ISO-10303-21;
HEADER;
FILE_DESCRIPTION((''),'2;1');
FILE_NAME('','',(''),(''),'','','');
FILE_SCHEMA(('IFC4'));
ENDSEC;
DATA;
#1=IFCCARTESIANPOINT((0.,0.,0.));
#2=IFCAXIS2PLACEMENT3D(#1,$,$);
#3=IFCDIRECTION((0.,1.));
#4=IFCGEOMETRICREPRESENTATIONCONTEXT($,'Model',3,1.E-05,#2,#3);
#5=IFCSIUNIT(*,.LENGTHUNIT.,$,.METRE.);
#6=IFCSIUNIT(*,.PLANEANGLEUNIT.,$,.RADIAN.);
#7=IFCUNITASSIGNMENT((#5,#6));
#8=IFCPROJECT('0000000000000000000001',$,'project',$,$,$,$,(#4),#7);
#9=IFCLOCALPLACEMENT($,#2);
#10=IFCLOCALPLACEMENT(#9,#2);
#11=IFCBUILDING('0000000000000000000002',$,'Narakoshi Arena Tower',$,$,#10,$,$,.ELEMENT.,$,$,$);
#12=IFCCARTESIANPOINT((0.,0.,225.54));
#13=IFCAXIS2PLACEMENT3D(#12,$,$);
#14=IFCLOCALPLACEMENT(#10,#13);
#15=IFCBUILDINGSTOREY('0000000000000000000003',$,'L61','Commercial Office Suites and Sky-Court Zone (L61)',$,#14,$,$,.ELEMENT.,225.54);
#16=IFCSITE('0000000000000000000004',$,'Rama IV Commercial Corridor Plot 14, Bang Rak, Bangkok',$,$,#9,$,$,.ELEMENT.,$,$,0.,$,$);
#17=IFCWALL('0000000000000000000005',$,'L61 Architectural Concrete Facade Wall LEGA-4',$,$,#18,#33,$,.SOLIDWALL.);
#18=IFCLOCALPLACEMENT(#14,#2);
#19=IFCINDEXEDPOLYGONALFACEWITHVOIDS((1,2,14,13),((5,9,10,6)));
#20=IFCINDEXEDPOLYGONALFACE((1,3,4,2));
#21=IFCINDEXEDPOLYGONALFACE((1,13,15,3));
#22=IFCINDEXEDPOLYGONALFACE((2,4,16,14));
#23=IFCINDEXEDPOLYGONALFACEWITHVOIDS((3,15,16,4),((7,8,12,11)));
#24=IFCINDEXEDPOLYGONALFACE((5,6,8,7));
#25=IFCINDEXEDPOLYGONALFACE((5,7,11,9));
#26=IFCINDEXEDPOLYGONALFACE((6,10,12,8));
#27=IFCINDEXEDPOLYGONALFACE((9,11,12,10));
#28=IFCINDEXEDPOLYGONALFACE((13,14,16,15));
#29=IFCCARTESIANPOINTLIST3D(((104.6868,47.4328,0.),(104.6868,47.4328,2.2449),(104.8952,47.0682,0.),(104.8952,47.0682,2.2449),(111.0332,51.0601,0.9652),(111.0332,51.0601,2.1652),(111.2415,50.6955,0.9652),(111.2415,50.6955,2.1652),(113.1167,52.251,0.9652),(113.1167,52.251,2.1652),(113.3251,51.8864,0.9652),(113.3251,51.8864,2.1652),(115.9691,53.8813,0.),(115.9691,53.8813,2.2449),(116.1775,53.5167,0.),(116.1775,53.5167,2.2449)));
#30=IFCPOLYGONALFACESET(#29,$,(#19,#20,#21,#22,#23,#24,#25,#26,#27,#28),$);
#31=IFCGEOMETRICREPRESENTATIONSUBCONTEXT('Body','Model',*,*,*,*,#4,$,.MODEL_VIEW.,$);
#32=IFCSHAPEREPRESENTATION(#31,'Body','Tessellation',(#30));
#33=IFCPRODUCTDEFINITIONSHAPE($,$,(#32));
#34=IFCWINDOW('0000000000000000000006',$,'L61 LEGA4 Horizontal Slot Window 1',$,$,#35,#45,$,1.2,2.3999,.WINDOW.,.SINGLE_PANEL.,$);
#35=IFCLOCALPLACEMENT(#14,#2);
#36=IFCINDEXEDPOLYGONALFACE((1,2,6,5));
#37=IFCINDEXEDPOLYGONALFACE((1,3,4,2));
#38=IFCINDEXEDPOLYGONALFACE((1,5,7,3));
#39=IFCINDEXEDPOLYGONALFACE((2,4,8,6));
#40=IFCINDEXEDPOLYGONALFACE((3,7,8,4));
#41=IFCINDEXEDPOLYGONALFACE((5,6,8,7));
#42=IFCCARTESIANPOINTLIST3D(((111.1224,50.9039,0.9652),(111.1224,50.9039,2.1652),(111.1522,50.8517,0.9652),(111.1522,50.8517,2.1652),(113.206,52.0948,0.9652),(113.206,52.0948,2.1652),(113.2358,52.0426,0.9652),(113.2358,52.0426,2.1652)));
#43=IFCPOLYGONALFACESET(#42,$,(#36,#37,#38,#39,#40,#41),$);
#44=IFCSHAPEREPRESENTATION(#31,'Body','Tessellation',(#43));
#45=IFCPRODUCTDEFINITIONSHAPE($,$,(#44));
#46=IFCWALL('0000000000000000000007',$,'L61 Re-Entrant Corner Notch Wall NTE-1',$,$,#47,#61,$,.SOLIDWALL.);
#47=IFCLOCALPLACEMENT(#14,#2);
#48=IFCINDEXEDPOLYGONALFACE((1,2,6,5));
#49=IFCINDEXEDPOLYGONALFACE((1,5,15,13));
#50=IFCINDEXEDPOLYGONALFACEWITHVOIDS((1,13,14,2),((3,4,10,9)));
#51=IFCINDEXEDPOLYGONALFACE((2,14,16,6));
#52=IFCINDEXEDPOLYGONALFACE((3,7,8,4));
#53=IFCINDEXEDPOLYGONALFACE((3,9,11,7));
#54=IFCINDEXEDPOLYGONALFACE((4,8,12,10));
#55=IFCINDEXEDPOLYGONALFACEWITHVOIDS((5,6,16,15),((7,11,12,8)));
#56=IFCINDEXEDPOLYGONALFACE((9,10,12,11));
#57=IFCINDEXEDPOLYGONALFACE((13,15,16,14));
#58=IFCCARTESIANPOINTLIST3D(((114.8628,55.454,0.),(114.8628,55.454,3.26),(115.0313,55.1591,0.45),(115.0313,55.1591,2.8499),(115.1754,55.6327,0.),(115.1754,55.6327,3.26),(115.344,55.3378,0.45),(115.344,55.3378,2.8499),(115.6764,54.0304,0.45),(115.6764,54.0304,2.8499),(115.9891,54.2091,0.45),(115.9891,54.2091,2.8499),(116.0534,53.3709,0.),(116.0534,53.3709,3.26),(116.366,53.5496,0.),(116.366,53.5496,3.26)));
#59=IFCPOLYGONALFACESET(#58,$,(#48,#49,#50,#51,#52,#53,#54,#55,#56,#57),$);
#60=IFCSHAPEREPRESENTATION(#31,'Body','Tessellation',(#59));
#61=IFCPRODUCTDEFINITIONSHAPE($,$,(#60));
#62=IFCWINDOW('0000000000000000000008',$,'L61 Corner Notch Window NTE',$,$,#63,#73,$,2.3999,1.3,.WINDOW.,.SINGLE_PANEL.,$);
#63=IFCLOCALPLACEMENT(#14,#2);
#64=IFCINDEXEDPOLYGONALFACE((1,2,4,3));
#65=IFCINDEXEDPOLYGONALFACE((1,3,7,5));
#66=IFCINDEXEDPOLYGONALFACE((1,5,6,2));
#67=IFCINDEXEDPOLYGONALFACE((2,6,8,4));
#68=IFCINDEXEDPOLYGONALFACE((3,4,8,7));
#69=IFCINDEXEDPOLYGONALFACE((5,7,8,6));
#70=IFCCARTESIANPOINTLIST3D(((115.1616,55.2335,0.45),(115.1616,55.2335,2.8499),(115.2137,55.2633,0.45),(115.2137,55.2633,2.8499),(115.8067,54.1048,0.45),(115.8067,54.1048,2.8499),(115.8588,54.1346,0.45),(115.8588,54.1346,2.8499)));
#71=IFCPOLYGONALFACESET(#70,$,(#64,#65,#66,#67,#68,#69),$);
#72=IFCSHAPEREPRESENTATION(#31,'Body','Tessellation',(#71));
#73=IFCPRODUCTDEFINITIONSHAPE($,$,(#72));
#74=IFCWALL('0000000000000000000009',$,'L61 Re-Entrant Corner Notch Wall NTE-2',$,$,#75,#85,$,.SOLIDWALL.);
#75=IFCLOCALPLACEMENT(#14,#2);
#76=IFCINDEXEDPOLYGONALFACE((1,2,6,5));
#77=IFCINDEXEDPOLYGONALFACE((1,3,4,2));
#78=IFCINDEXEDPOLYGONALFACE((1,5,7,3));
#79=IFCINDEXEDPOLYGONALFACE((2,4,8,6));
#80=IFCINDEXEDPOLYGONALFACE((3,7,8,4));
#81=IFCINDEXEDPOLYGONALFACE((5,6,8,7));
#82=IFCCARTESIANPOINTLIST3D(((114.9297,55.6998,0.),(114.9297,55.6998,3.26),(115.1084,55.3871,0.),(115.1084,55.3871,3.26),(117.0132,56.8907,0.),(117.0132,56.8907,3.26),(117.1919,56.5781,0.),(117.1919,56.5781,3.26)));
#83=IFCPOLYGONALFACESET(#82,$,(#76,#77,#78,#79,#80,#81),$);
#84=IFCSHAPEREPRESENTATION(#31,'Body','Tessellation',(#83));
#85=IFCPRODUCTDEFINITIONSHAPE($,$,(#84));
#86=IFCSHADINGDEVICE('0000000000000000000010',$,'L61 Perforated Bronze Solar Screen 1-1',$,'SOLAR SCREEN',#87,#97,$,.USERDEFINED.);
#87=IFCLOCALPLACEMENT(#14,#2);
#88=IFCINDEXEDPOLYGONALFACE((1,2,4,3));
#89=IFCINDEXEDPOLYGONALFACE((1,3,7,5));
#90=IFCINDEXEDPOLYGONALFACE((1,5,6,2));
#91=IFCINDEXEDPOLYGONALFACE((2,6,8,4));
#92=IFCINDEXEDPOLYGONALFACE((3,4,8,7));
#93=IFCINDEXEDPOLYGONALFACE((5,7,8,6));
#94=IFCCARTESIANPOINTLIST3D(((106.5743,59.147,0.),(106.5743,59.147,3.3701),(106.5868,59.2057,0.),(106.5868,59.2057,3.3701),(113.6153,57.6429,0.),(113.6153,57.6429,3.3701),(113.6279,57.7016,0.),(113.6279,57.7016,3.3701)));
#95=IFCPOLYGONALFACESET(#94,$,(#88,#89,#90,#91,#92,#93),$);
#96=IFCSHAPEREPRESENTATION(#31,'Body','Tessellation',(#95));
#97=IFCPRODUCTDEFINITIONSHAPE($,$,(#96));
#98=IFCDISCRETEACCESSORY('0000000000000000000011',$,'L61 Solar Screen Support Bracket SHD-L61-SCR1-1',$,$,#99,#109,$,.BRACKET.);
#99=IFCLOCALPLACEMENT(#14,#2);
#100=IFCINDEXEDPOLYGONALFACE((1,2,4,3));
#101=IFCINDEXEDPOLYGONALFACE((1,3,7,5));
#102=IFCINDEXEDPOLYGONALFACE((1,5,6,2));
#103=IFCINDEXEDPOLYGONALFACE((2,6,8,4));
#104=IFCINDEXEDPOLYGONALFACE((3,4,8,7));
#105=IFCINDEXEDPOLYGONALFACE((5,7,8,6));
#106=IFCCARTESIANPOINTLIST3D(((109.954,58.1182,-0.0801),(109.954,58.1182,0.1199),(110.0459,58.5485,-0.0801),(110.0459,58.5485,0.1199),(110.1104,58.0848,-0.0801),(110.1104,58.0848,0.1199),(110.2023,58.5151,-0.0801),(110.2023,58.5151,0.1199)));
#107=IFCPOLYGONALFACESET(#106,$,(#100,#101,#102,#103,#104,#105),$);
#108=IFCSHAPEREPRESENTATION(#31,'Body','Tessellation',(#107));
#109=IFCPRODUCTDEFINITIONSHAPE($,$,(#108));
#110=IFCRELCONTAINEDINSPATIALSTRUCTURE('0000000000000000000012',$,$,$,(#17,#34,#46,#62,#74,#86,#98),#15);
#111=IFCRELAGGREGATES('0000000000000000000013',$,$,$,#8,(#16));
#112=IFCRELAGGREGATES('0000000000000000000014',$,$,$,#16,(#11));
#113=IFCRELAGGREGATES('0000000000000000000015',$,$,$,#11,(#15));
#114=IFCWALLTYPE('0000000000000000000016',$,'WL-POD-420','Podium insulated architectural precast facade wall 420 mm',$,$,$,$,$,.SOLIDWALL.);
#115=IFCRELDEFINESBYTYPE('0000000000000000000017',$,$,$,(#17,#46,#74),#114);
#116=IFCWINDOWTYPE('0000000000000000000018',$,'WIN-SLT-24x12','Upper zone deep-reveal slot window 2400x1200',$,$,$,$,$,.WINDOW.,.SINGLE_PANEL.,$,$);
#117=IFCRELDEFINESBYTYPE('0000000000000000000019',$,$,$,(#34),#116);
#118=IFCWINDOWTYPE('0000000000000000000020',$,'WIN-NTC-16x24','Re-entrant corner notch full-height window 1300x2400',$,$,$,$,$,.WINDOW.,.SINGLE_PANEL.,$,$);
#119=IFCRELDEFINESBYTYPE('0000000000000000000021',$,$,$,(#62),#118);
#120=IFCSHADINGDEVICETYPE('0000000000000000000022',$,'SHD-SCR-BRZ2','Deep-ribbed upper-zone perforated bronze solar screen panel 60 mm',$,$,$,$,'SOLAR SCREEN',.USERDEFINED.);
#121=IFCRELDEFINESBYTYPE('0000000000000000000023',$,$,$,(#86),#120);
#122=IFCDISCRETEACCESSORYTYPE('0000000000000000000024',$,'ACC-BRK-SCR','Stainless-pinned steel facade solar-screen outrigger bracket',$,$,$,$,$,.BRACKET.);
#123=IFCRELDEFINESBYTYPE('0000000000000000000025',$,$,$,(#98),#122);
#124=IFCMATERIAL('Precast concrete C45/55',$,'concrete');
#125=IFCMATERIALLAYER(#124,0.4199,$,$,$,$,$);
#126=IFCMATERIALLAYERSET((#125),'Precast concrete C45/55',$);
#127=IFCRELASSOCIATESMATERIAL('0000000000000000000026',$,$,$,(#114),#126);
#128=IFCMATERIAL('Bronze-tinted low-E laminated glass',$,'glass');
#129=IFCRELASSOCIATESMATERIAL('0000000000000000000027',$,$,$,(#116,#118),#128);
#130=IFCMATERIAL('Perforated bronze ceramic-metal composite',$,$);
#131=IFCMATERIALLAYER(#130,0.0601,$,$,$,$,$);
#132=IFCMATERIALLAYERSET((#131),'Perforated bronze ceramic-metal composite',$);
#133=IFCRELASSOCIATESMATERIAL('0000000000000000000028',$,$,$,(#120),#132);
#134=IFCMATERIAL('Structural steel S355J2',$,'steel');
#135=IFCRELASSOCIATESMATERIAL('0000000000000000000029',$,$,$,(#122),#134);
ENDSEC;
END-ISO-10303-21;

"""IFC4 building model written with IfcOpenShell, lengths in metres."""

from ifc_helpers import new_model, si_unit, direction, frame, frame_2d, origin, origin_2d, place, context, subcontext, project, spatial, rectangle, extrude, material, layer, layer_set, type_object, element, fill, save


model = new_model("IFC4")

# Units and contexts
model_context = context("Model", 3, precision=1e-05, world=origin(), true_north=direction((0.0, 1.0)))
body_context = subcontext(model_context, "Body", "Model", "MODEL_VIEW")
ifc_project = project(units=[si_unit("LENGTHUNIT", "METRE"), si_unit("PLANEANGLEUNIT", "RADIAN")], contexts=[model_context])

# Site, building, storey
site_placement = place(None, origin())
site = spatial("IfcSite", under=ifc_project, at=site_placement, Name="Rama IV Commercial Corridor Plot 14, Bang Rak, Bangkok", CompositionType="ELEMENT", RefElevation=0.0)
building_placement = place(site_placement, origin())
building = spatial("IfcBuilding", under=site, at=building_placement, Name="Narakoshi Arena Tower", CompositionType="ELEMENT")
storey_placement = place(building_placement, frame((0.0, 0.0, 225.54)))
storey = spatial("IfcBuildingStorey", under=building, at=storey_placement, Name="L61", Description="Commercial Office Suites and Sky-Court Zone (L61)", CompositionType="ELEMENT", Elevation=225.54)

# Shared definitions
ifc_material_1 = material(Name="Structural steel S355J2", Category="steel")

# Shared definitions
ifc_material_2 = material(Name="Bronze-tinted low-E laminated glass", Category="glass")

# Shared definitions
ifc_material_3 = material(Name="Precast concrete C45/55", Category="concrete")

# Walls, openings, windows
ifc_layer_1 = layer(ifc_material_3, 0.4199)
ifc_layer_set_1 = layer_set([ifc_layer_1], Name="Precast concrete C45/55")
wall_type_1 = type_object("IfcWallType", Name="WL-POD-420", Description="Podium insulated architectural precast facade wall 420 mm", PredefinedType="SOLIDWALL", material=ifc_layer_set_1)
wall_1_placement = place(storey_placement, frame((104.791, 47.2505, 0.0), z_axis=(0.0, 0.0, 1.0), x_axis=(0.868193, 0.496226, 0.0)))
wall_1 = element("IfcWall", 1, at=wall_1_placement, inside=storey, type_object=wall_type_1, Name="L61 Architectural Concrete Facade Wall LEGA-4", PredefinedType="SOLIDWALL", context=body_context, shape_type="SweptSolid", body=[
    extrude(rectangle(XDim=12.9951, YDim=0.4199, at=frame_2d((6.4976, 0.0))), origin(), (0.0, 0.0, 1.0), 2.2449),
])
opening_1_placement = place(wall_1_placement, frame((7.3098, 0.0, 0.9651)))
opening_1 = element("IfcOpeningElement", 2, at=opening_1_placement, cuts=wall_1, PredefinedType="OPENING", context=body_context, shape_type="SweptSolid", body=[
    extrude(rectangle(XDim=2.3999, YDim=1.2, at=frame_2d((1.2, 0.6001))), frame((0.0, 0.22, 0.0), z_axis=(0.0, -1.0, 0.0), x_axis=(1.0, 0.0, 0.0)), (0.0, 0.0, 1.0), 0.4399),
])
window_type_1 = type_object("IfcWindowType", Name="WIN-SLT-24x12", Description="Upper zone deep-reveal slot window 2400x1200", PartitioningType="SINGLE_PANEL", PredefinedType="WINDOW", material=ifc_material_2)
window_1_placement = place(opening_1_placement, origin())
window_1 = element("IfcWindow", 3, at=window_1_placement, inside=storey, type_object=window_type_1, Name="L61 LEGA4 Horizontal Slot Window 1", OverallHeight=1.2, OverallWidth=2.3999, PartitioningType="SINGLE_PANEL", PredefinedType="WINDOW", context=body_context, shape_type="SweptSolid", body=[
    extrude(rectangle(XDim=2.3999, YDim=1.2, at=frame_2d((1.2, 0.6001))), frame((0.0, 0.03, 0.0), z_axis=(0.0, -1.0, 0.0), x_axis=(1.0, 0.0, 0.0)), (0.0, 0.0, 1.0), 0.0601),
])
fill(opening_1, window_1)
wall_2_placement = place(storey_placement, frame((116.2097, 53.4602, 0.0), z_axis=(0.0, 0.0, 1.0), x_axis=(-0.496216, 0.868199, 0.0)))
wall_2 = element("IfcWall", 4, at=wall_2_placement, inside=storey, type_object=wall_type_1, Name="L61 Re-Entrant Corner Notch Wall NTE-1", PredefinedType="SOLIDWALL", context=body_context, shape_type="SweptSolid", body=[
    extrude(rectangle(XDim=2.3994, YDim=0.3601, at=frame_2d((1.1997, 0.0))), origin(), (0.0, 0.0, 1.0), 3.26),
])
opening_2_placement = place(wall_2_placement, frame((0.7598, 0.0, 0.45)))
opening_2 = element("IfcOpeningElement", 5, at=opening_2_placement, cuts=wall_2, PredefinedType="OPENING", context=body_context, shape_type="SweptSolid", body=[
    extrude(rectangle(XDim=1.3, YDim=2.3999, at=frame_2d((0.6499, 1.2))), frame((0.0, 0.1899, 0.0), z_axis=(0.0, -1.0, 0.0), x_axis=(1.0, 0.0, 0.0)), (0.0, 0.0, 1.0), 0.3801),
])
window_type_2 = type_object("IfcWindowType", Name="WIN-NTC-16x24", Description="Re-entrant corner notch full-height window 1300x2400", PartitioningType="SINGLE_PANEL", PredefinedType="WINDOW", material=ifc_material_2)
window_2_placement = place(opening_2_placement, origin())
window_2 = element("IfcWindow", 6, at=window_2_placement, inside=storey, type_object=window_type_2, Name="L61 Corner Notch Window NTE", OverallHeight=2.3999, OverallWidth=1.3, PartitioningType="SINGLE_PANEL", PredefinedType="WINDOW", context=body_context, shape_type="SweptSolid", body=[
    extrude(rectangle(XDim=1.3, YDim=2.3999, at=frame_2d((0.6499, 1.2))), frame((0.0, 0.03, 0.0), z_axis=(0.0, -1.0, 0.0), x_axis=(1.0, 0.0, 0.0)), (0.0, 0.0, 1.0), 0.0601),
])
fill(opening_2, window_2)

# Wall
wall_3_placement = place(storey_placement, frame((115.019, 55.5435, 0.0), z_axis=(0.0, 0.0, 1.0), x_axis=(0.868181, 0.496248, 0.0)))
element("IfcWall", 7, at=wall_3_placement, inside=storey, type_object=wall_type_1, Name="L61 Re-Entrant Corner Notch Wall NTE-2", PredefinedType="SOLIDWALL", context=body_context, shape_type="SweptSolid", body=[
    extrude(rectangle(XDim=2.3999, YDim=0.3601, at=frame_2d((1.2, 0.0))), origin(), (0.0, 0.0, 1.0), 3.26),
])

# Shading device
ifc_material_4 = material(Name="Perforated bronze ceramic-metal composite")
ifc_layer_2 = layer(ifc_material_4, 0.0601)
ifc_layer_set_2 = layer_set([ifc_layer_2], Name="Perforated bronze ceramic-metal composite")
shading_device_type = type_object("IfcShadingDeviceType", Name="SHD-SCR-BRZ2", Description="Deep-ribbed upper-zone perforated bronze solar screen panel 60 mm", ElementType="SOLAR SCREEN", PredefinedType="USERDEFINED", material=ifc_layer_set_2)
shading_device_placement = place(storey_placement, frame((110.1011, 58.4243, 0.0), z_axis=(0.0, 0.0, 1.0), x_axis=(-0.977937, 0.208902, 0.0)))
element("IfcShadingDevice", 8, at=shading_device_placement, inside=storey, type_object=shading_device_type, Name="L61 Perforated Bronze Solar Screen 1-1", ObjectType="SOLAR SCREEN", PredefinedType="USERDEFINED", context=body_context, shape_type="SweptSolid", body=[
    extrude(rectangle(XDim=7.2, YDim=0.0601, at=origin_2d()), origin(), (0.0, 0.0, 1.0), 3.3701),
])

# Discrete accessory
discrete_accessory_type = type_object("IfcDiscreteAccessoryType", Name="ACC-BRK-SCR", Description="Stainless-pinned steel facade solar-screen outrigger bracket", PredefinedType="BRACKET", material=ifc_material_1)
discrete_accessory_placement = place(storey_placement, frame((110.0781, 58.3167, -0.0801), z_axis=(0.0, 0.0, 1.0), x_axis=(-0.977937, 0.208902, 0.0)))
element("IfcDiscreteAccessory", 9, at=discrete_accessory_placement, inside=storey, type_object=discrete_accessory_type, Name="L61 Solar Screen Support Bracket SHD-L61-SCR1-1", PredefinedType="BRACKET", context=body_context, shape_type="SweptSolid", body=[
    extrude(rectangle(XDim=0.1599, YDim=0.4399, at=origin_2d()), origin(), (0.0, 0.0, 1.0), 0.2),
])

save(model, "model.ifc")
